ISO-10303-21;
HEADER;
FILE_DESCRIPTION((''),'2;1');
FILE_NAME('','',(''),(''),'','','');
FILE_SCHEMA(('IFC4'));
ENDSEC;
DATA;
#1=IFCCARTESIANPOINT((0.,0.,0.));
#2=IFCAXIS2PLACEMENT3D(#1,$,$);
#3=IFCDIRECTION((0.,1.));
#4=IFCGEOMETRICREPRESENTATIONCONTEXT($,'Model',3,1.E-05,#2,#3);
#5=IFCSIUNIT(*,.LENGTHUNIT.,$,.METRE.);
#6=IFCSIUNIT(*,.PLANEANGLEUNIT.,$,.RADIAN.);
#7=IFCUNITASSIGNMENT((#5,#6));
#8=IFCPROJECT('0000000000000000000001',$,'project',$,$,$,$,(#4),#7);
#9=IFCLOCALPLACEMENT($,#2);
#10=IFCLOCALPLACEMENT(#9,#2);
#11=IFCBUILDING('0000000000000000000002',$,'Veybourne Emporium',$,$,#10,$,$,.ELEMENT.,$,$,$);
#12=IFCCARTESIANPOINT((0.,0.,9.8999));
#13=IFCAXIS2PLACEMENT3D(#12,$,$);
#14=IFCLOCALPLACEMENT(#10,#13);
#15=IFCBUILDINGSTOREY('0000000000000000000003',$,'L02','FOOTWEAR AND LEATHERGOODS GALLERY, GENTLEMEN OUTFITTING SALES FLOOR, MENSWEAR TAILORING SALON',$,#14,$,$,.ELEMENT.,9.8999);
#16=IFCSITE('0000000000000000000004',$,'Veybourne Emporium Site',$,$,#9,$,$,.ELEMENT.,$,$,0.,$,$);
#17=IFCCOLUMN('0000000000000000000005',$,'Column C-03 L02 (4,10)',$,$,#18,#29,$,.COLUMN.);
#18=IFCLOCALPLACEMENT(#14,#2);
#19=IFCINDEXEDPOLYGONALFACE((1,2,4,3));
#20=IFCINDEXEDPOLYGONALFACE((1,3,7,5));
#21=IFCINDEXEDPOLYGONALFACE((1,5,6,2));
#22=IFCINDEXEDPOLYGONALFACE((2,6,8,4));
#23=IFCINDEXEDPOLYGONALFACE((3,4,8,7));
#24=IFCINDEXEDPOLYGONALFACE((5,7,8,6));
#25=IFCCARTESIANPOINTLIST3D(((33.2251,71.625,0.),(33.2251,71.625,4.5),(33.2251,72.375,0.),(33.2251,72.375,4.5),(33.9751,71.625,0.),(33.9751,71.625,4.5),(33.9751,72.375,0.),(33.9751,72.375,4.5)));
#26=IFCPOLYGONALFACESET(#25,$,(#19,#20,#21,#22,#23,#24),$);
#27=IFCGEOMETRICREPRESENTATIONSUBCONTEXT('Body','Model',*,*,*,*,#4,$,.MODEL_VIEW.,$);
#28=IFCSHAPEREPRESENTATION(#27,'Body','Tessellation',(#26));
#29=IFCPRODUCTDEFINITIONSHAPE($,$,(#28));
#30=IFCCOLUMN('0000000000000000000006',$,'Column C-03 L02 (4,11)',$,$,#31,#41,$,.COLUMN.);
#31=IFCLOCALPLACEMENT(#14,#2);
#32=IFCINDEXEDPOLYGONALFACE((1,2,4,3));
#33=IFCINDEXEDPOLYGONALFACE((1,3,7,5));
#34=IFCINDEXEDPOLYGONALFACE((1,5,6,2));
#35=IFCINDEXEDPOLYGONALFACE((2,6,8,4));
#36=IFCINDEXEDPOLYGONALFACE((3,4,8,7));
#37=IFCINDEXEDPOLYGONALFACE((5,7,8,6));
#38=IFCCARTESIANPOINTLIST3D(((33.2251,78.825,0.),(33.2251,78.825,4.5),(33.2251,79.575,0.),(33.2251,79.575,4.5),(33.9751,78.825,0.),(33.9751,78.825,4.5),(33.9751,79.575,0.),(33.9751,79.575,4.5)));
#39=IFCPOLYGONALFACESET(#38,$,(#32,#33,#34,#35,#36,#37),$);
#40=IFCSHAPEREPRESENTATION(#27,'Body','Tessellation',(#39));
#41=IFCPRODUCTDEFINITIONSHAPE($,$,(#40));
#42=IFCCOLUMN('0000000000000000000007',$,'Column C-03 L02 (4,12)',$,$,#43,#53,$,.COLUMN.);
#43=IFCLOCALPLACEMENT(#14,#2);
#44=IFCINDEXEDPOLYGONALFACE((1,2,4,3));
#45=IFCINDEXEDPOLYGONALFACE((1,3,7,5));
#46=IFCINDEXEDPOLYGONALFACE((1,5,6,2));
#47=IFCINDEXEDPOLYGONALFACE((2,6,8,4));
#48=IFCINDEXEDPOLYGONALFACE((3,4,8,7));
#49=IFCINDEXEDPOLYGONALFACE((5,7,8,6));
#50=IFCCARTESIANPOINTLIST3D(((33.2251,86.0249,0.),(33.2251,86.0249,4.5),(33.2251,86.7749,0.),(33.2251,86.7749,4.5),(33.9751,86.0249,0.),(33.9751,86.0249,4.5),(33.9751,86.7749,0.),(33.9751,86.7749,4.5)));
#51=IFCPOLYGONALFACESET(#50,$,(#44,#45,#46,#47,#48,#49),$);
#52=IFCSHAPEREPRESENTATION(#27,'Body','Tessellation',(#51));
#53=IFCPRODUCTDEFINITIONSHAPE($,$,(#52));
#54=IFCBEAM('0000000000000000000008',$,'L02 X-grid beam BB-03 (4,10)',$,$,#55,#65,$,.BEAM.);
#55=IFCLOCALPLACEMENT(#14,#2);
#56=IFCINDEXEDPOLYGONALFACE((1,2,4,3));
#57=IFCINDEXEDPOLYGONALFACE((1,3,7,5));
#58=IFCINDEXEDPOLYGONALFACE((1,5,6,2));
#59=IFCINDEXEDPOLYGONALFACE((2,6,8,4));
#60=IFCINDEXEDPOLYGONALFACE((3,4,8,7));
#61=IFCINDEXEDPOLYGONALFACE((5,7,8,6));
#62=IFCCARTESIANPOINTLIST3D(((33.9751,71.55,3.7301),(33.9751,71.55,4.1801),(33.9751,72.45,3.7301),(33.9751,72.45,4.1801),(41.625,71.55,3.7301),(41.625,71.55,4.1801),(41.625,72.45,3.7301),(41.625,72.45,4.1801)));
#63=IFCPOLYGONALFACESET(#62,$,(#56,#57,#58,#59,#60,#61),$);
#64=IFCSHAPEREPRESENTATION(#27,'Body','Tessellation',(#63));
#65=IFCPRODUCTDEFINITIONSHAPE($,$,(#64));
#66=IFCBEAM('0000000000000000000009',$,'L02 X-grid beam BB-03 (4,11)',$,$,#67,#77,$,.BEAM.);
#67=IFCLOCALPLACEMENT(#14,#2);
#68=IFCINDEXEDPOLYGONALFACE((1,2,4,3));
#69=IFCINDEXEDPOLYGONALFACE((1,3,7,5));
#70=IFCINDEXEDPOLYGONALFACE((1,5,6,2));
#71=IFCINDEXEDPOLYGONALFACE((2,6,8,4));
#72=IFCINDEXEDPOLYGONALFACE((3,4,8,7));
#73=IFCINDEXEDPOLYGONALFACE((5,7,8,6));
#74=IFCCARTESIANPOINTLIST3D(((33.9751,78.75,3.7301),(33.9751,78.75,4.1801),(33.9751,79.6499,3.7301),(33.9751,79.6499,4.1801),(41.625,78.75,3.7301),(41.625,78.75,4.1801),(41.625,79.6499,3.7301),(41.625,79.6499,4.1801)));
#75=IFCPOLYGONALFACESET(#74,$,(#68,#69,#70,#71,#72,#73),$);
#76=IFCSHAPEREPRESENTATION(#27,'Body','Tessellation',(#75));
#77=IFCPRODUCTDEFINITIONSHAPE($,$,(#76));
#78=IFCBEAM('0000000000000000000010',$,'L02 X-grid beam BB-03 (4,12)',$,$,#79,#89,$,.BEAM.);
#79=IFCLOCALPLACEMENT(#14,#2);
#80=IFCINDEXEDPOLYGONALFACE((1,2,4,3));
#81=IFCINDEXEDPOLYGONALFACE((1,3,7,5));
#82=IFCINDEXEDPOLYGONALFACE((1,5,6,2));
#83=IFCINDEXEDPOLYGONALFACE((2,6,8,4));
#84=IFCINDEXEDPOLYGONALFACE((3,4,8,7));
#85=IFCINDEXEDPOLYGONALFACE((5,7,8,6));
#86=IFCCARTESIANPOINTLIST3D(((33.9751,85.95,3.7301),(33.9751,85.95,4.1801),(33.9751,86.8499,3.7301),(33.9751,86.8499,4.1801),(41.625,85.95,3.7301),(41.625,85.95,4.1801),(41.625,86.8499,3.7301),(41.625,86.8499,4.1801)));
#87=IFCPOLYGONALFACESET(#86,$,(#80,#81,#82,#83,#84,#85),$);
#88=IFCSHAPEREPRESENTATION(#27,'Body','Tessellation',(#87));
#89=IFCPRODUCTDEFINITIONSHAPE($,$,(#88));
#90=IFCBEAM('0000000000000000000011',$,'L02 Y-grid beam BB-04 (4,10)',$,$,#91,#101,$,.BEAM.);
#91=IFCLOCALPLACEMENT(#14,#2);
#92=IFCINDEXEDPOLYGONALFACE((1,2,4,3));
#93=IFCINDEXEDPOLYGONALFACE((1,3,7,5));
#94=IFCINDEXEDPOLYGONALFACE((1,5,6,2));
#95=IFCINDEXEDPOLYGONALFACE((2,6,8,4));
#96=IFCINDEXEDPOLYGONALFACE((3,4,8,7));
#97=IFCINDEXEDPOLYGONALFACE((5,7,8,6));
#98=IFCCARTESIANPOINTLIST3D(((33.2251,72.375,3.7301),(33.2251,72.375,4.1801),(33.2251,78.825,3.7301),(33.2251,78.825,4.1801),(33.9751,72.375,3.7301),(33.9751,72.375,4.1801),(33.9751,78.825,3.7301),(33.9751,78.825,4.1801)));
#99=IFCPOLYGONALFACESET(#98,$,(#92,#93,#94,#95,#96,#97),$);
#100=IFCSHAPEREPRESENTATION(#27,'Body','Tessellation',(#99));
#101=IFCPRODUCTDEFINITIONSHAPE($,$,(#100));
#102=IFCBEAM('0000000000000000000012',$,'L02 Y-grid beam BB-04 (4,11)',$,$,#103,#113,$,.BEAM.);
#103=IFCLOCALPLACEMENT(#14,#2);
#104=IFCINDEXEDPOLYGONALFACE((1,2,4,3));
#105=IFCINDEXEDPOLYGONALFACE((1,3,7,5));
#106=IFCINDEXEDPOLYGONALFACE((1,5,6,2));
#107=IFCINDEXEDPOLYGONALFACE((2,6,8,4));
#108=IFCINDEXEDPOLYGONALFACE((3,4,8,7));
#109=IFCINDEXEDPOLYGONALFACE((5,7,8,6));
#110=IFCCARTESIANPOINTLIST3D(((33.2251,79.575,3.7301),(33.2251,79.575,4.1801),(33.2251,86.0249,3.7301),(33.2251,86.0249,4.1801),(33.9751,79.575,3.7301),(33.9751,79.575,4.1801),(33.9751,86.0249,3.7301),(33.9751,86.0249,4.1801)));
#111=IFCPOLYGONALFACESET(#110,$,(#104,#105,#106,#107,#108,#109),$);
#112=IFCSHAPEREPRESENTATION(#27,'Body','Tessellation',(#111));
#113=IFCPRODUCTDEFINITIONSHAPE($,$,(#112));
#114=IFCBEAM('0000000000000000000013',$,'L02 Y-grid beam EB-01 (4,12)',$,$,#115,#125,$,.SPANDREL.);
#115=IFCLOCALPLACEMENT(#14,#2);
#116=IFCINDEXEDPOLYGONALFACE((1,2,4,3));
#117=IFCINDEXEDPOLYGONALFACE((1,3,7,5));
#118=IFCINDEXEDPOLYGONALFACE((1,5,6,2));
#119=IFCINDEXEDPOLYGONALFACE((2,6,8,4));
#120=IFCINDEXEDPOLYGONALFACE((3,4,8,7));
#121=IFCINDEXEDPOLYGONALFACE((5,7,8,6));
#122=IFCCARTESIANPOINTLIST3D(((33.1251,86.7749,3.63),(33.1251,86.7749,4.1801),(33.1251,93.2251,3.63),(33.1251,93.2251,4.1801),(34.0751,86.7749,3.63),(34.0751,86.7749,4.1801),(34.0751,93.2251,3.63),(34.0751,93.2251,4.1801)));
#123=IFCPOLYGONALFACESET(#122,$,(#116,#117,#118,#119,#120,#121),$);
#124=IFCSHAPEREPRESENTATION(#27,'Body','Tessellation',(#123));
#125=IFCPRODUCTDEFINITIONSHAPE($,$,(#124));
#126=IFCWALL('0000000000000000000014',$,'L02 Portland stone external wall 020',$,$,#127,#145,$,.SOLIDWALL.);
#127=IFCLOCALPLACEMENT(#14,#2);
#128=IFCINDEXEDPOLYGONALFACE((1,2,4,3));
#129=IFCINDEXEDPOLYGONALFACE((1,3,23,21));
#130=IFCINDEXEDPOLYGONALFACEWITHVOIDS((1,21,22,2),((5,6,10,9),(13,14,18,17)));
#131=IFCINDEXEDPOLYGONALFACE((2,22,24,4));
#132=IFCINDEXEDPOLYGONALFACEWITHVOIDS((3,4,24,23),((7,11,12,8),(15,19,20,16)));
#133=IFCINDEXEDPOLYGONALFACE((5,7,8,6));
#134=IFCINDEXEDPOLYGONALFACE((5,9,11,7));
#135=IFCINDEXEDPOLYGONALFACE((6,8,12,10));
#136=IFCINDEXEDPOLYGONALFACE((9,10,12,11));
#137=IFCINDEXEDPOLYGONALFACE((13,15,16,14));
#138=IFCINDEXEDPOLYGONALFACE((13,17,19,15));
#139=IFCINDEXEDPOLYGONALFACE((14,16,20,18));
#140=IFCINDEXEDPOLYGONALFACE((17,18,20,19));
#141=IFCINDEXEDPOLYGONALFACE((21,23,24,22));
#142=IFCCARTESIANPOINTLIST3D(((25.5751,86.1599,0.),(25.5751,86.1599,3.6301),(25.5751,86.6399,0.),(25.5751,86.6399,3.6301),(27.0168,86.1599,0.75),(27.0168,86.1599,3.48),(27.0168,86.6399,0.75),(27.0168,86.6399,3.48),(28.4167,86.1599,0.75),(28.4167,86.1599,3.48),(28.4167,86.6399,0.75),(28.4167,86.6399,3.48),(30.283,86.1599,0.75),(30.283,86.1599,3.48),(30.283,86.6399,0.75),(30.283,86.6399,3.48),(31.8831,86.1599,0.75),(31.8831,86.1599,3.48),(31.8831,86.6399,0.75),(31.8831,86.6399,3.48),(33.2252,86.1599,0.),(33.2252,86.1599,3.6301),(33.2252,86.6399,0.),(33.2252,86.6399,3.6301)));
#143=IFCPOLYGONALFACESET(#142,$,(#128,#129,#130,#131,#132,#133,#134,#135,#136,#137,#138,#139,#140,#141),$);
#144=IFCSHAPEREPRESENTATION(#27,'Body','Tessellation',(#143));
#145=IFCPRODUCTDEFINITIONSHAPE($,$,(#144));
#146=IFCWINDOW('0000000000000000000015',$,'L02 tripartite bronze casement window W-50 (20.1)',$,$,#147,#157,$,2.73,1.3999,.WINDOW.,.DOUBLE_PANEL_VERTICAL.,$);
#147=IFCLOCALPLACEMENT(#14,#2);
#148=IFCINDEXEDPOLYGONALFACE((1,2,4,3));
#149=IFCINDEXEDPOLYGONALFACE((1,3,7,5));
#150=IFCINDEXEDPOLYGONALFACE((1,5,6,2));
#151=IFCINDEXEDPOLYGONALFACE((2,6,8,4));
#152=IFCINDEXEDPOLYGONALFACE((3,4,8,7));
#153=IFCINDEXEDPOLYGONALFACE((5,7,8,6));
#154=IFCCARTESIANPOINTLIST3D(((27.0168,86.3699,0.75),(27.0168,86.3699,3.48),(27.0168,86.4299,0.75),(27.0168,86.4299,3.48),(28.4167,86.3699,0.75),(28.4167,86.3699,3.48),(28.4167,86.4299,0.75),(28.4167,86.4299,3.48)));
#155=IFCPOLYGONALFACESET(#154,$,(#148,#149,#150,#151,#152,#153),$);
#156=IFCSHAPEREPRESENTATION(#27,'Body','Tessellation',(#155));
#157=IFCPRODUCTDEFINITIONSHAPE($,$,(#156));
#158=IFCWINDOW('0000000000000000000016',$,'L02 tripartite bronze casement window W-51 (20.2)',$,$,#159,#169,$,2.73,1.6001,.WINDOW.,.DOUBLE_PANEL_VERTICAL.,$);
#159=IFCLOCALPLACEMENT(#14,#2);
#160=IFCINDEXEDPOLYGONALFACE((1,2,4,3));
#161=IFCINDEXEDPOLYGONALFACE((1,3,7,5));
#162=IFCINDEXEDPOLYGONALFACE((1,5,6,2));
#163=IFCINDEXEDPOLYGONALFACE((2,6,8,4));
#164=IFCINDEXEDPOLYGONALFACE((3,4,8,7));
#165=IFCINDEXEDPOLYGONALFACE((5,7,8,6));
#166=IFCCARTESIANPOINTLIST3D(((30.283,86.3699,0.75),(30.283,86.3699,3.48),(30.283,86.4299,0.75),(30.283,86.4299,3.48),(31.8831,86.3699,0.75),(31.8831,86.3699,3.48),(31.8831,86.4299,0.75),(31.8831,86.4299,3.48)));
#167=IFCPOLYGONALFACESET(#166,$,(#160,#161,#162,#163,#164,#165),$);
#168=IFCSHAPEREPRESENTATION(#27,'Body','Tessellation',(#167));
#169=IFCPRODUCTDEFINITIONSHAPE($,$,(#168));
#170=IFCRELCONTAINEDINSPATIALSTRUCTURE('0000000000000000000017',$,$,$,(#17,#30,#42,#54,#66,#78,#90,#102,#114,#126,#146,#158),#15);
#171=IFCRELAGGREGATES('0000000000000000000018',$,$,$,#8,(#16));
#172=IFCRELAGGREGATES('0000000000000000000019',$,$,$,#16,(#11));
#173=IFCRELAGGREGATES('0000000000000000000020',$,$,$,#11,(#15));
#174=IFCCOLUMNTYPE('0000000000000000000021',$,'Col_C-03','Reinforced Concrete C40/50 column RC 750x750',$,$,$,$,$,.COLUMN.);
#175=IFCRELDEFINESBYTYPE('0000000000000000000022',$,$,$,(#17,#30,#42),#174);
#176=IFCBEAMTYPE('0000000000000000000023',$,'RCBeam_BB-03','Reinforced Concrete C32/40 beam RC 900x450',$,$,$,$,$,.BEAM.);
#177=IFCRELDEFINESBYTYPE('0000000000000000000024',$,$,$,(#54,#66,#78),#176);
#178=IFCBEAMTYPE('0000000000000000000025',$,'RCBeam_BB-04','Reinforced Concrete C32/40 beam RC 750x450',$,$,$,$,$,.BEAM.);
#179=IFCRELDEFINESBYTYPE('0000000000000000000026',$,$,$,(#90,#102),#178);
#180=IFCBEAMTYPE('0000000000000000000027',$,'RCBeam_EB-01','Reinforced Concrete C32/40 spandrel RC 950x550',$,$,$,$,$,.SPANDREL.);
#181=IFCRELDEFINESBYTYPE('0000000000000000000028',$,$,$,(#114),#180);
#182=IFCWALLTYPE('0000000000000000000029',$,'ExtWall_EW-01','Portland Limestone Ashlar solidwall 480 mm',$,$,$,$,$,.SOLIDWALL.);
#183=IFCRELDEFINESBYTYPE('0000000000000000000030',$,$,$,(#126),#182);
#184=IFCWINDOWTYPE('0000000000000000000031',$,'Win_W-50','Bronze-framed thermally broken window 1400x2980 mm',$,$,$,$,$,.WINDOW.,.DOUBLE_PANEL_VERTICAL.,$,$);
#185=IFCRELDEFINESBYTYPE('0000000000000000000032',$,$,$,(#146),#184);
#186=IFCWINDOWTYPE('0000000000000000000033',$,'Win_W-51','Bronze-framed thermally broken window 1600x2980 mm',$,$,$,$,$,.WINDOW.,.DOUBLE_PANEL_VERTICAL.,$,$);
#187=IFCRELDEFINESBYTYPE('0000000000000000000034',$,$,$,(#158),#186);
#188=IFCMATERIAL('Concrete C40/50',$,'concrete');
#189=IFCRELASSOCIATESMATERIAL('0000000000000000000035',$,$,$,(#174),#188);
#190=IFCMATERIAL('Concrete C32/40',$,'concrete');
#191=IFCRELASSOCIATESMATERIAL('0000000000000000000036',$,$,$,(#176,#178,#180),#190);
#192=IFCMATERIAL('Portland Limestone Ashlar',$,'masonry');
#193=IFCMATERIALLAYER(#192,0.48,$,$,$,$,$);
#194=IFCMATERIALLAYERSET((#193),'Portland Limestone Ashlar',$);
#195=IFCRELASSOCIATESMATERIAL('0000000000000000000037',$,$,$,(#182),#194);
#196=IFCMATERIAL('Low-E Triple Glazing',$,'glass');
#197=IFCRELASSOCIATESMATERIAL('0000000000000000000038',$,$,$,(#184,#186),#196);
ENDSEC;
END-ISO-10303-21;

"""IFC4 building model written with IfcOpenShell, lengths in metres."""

from ifc_helpers import new_model, si_unit, direction, frame, frame_2d, origin, origin_2d, place, context, subcontext, project, spatial, rectangle, extrude, material, layer, layer_set, material_profile, profile_set, type_object, element, fill, save


model = new_model("IFC4")

# Units and contexts
model_context = context("Model", 3, precision=1e-05, world=origin(), true_north=direction((0.0, 1.0)))
body_context = subcontext(model_context, "Body", "Model", "MODEL_VIEW")
ifc_project = project(units=[si_unit("LENGTHUNIT", "METRE"), si_unit("PLANEANGLEUNIT", "RADIAN")], contexts=[model_context])

# Site, building, storey
site_placement = place(None, origin())
site = spatial("IfcSite", under=ifc_project, at=site_placement, Name="Veybourne Emporium Site", CompositionType="ELEMENT", RefElevation=0.0)
building_placement = place(site_placement, origin())
building = spatial("IfcBuilding", under=site, at=building_placement, Name="Veybourne Emporium", CompositionType="ELEMENT")
storey_placement = place(building_placement, frame((0.0, 0.0, 9.8999)))
storey = spatial("IfcBuildingStorey", under=building, at=storey_placement, Name="L02", Description="FOOTWEAR AND LEATHERGOODS GALLERY, GENTLEMEN OUTFITTING SALES FLOOR, MENSWEAR TAILORING SALON", CompositionType="ELEMENT", Elevation=9.8999)

# Columns
ifc_material_1 = material(Name="Concrete C40/50", Category="concrete")
ifc_material_profile_1 = material_profile(ifc_material_1, rectangle(XDim=0.75, YDim=0.75, at=origin_2d()), Name="RC 750x750")
ifc_profile_set_1 = profile_set([ifc_material_profile_1], Name="Concrete C40/50")
column_type = type_object("IfcColumnType", Name="Col_C-03", Description="Reinforced Concrete C40/50 column RC 750x750", PredefinedType="COLUMN", material=ifc_profile_set_1)
for number, where, z_axis, x_axis, name in (
    (1, (33.6001, 72.0, 0.0), (0.0, 0.0, 1.0), (1.0, 0.0, 0.0), "Column C-03 L02 (4,10)"),
    (2, (33.6001, 79.2, 0.0), (0.0, 0.0, 1.0), (1.0, 0.0, 0.0), "Column C-03 L02 (4,11)"),
    (3, (33.6001, 86.3999, 0.0), (0.0, 0.0, 1.0), (1.0, 0.0, 0.0), "Column C-03 L02 (4,12)"),
):
    element("IfcColumn", number, at=place(storey_placement, frame(where, z_axis=z_axis, x_axis=x_axis)), inside=storey, type_object=column_type, Name=name, PredefinedType="COLUMN", context=body_context, shape_type="SweptSolid", body=[
        extrude(rectangle(XDim=0.75, YDim=0.75, at=origin_2d()), origin(), (0.0, 0.0, 1.0), 4.5),
    ])

# Beams
ifc_material_2 = material(Name="Concrete C32/40", Category="concrete")
ifc_material_profile_2 = material_profile(ifc_material_2, rectangle(XDim=0.8999, YDim=0.45, at=origin_2d()), Name="RC 900x450")
ifc_profile_set_2 = profile_set([ifc_material_profile_2], Name="Concrete C32/40")
beam_type_1 = type_object("IfcBeamType", Name="RCBeam_BB-03", Description="Reinforced Concrete C32/40 beam RC 900x450", PredefinedType="BEAM", material=ifc_profile_set_2)
for number, where, z_axis, x_axis, name in (
    (4, (33.9751, 72.0, 3.9551), (1.0, 0.0, 0.0), (0.0, 1.0, 0.0), "L02 X-grid beam BB-03 (4,10)"),
    (5, (33.9751, 79.2, 3.9551), (1.0, 0.0, 0.0), (0.0, 1.0, 0.0), "L02 X-grid beam BB-03 (4,11)"),
    (6, (33.9751, 86.3999, 3.9551), (1.0, 0.0, 0.0), (0.0, 1.0, 0.0), "L02 X-grid beam BB-03 (4,12)"),
):
    element("IfcBeam", number, at=place(storey_placement, frame(where, z_axis=z_axis, x_axis=x_axis)), inside=storey, type_object=beam_type_1, Name=name, PredefinedType="BEAM", context=body_context, shape_type="SweptSolid", body=[
        extrude(rectangle(XDim=0.8999, YDim=0.45, at=origin_2d()), origin(), (0.0, 0.0, 1.0), 7.6499),
    ])
ifc_material_profile_3 = material_profile(ifc_material_2, rectangle(XDim=0.75, YDim=0.45, at=origin_2d()), Name="RC 750x450")
ifc_profile_set_3 = profile_set([ifc_material_profile_3], Name="Concrete C32/40")
beam_type_2 = type_object("IfcBeamType", Name="RCBeam_BB-04", Description="Reinforced Concrete C32/40 beam RC 750x450", PredefinedType="BEAM", material=ifc_profile_set_3)
for number, where, z_axis, x_axis, name in (
    (7, (33.6001, 72.375, 3.9551), (0.0, 1.0, 0.0), (-1.0, 0.0, 0.0), "L02 Y-grid beam BB-04 (4,10)"),
    (8, (33.6001, 79.575, 3.9551), (0.0, 1.0, 0.0), (-1.0, 0.0, 0.0), "L02 Y-grid beam BB-04 (4,11)"),
):
    element("IfcBeam", number, at=place(storey_placement, frame(where, z_axis=z_axis, x_axis=x_axis)), inside=storey, type_object=beam_type_2, Name=name, PredefinedType="BEAM", context=body_context, shape_type="SweptSolid", body=[
        extrude(rectangle(XDim=0.75, YDim=0.45, at=origin_2d()), origin(), (0.0, 0.0, 1.0), 6.45),
    ])
ifc_material_profile_4 = material_profile(ifc_material_2, rectangle(XDim=0.95, YDim=0.55, at=origin_2d()), Name="RC 950x550")
ifc_profile_set_4 = profile_set([ifc_material_profile_4], Name="Concrete C32/40")
beam_type_3 = type_object("IfcBeamType", Name="RCBeam_EB-01", Description="Reinforced Concrete C32/40 spandrel RC 950x550", PredefinedType="SPANDREL", material=ifc_profile_set_4)
beam_placement = place(storey_placement, frame((33.6001, 86.7749, 3.905), z_axis=(0.0, 1.0, 0.0), x_axis=(-1.0, 0.0, 0.0)))
element("IfcBeam", 9, at=beam_placement, inside=storey, type_object=beam_type_3, Name="L02 Y-grid beam EB-01 (4,12)", PredefinedType="SPANDREL", context=body_context, shape_type="SweptSolid", body=[
    extrude(rectangle(XDim=0.95, YDim=0.55, at=origin_2d()), origin(), (0.0, 0.0, 1.0), 6.4502),
])

# Wall, openings, windows
ifc_material_3 = material(Name="Portland Limestone Ashlar", Category="masonry")
ifc_layer_1 = layer(ifc_material_3, 0.48)
ifc_layer_set_1 = layer_set([ifc_layer_1], Name="Portland Limestone Ashlar")
wall_type_1 = type_object("IfcWallType", Name="ExtWall_EW-01", Description="Portland Limestone Ashlar solidwall 480 mm", PredefinedType="SOLIDWALL", material=ifc_layer_set_1)
wall_1_placement = place(storey_placement, frame((25.575, 86.3999, 0.0), z_axis=(0.0, 0.0, 1.0), x_axis=(1.0, 0.0, 0.0)))
wall_1 = element("IfcWall", 10, at=wall_1_placement, inside=storey, type_object=wall_type_1, Name="L02 Portland stone external wall 020", PredefinedType="SOLIDWALL", context=body_context, shape_type="SweptSolid", body=[
    extrude(rectangle(XDim=7.6501, YDim=0.48, at=frame_2d((3.8252, 0.0))), origin(), (0.0, 0.0, 1.0), 3.6301),
])
opening_1_placement = place(wall_1_placement, frame((1.4419, 0.0, 0.75)))
opening_1 = element("IfcOpeningElement", 11, at=opening_1_placement, cuts=wall_1, PredefinedType="OPENING", context=body_context, shape_type="SweptSolid", body=[
    extrude(rectangle(XDim=1.3999, YDim=2.73, at=frame_2d((0.7, 1.365))), frame((0.0, 0.26, 0.0), z_axis=(0.0, -1.0, 0.0), x_axis=(1.0, 0.0, 0.0)), (0.0, 0.0, 1.0), 0.52),
])
opening_2_placement = place(wall_1_placement, frame((4.708, 0.0, 0.75)))
opening_2 = element("IfcOpeningElement", 12, at=opening_2_placement, cuts=wall_1, PredefinedType="OPENING", context=body_context, shape_type="SweptSolid", body=[
    extrude(rectangle(XDim=1.6001, YDim=2.73, at=frame_2d((0.8, 1.365))), frame((0.0, 0.26, 0.0), z_axis=(0.0, -1.0, 0.0), x_axis=(1.0, 0.0, 0.0)), (0.0, 0.0, 1.0), 0.52),
])
ifc_material_4 = material(Name="Low-E Triple Glazing", Category="glass")
window_type_1 = type_object("IfcWindowType", Name="Win_W-50", Description="Bronze-framed thermally broken window 1400x2980 mm", PartitioningType="DOUBLE_PANEL_VERTICAL", PredefinedType="WINDOW", material=ifc_material_4)
window_1_placement = place(opening_1_placement, origin())
window_1 = element("IfcWindow", 13, at=window_1_placement, inside=storey, type_object=window_type_1, Name="L02 tripartite bronze casement window W-50 (20.1)", OverallHeight=2.73, OverallWidth=1.3999, PartitioningType="DOUBLE_PANEL_VERTICAL", PredefinedType="WINDOW", context=body_context, shape_type="SweptSolid", body=[
    extrude(rectangle(XDim=1.3999, YDim=2.73, at=frame_2d((0.7, 1.365))), frame((0.0, 0.03, 0.0), z_axis=(0.0, -1.0, 0.0), x_axis=(1.0, 0.0, 0.0)), (0.0, 0.0, 1.0), 0.0601),
])
fill(opening_1, window_1)
window_type_2 = type_object("IfcWindowType", Name="Win_W-51", Description="Bronze-framed thermally broken window 1600x2980 mm", PartitioningType="DOUBLE_PANEL_VERTICAL", PredefinedType="WINDOW", material=ifc_material_4)
window_2_placement = place(opening_2_placement, origin())
window_2 = element("IfcWindow", 14, at=window_2_placement, inside=storey, type_object=window_type_2, Name="L02 tripartite bronze casement window W-51 (20.2)", OverallHeight=2.73, OverallWidth=1.6001, PartitioningType="DOUBLE_PANEL_VERTICAL", PredefinedType="WINDOW", context=body_context, shape_type="SweptSolid", body=[
    extrude(rectangle(XDim=1.6001, YDim=2.73, at=frame_2d((0.8, 1.365))), frame((0.0, 0.03, 0.0), z_axis=(0.0, -1.0, 0.0), x_axis=(1.0, 0.0, 0.0)), (0.0, 0.0, 1.0), 0.0601),
])
fill(opening_2, window_2)

save(model, "model.ifc")
